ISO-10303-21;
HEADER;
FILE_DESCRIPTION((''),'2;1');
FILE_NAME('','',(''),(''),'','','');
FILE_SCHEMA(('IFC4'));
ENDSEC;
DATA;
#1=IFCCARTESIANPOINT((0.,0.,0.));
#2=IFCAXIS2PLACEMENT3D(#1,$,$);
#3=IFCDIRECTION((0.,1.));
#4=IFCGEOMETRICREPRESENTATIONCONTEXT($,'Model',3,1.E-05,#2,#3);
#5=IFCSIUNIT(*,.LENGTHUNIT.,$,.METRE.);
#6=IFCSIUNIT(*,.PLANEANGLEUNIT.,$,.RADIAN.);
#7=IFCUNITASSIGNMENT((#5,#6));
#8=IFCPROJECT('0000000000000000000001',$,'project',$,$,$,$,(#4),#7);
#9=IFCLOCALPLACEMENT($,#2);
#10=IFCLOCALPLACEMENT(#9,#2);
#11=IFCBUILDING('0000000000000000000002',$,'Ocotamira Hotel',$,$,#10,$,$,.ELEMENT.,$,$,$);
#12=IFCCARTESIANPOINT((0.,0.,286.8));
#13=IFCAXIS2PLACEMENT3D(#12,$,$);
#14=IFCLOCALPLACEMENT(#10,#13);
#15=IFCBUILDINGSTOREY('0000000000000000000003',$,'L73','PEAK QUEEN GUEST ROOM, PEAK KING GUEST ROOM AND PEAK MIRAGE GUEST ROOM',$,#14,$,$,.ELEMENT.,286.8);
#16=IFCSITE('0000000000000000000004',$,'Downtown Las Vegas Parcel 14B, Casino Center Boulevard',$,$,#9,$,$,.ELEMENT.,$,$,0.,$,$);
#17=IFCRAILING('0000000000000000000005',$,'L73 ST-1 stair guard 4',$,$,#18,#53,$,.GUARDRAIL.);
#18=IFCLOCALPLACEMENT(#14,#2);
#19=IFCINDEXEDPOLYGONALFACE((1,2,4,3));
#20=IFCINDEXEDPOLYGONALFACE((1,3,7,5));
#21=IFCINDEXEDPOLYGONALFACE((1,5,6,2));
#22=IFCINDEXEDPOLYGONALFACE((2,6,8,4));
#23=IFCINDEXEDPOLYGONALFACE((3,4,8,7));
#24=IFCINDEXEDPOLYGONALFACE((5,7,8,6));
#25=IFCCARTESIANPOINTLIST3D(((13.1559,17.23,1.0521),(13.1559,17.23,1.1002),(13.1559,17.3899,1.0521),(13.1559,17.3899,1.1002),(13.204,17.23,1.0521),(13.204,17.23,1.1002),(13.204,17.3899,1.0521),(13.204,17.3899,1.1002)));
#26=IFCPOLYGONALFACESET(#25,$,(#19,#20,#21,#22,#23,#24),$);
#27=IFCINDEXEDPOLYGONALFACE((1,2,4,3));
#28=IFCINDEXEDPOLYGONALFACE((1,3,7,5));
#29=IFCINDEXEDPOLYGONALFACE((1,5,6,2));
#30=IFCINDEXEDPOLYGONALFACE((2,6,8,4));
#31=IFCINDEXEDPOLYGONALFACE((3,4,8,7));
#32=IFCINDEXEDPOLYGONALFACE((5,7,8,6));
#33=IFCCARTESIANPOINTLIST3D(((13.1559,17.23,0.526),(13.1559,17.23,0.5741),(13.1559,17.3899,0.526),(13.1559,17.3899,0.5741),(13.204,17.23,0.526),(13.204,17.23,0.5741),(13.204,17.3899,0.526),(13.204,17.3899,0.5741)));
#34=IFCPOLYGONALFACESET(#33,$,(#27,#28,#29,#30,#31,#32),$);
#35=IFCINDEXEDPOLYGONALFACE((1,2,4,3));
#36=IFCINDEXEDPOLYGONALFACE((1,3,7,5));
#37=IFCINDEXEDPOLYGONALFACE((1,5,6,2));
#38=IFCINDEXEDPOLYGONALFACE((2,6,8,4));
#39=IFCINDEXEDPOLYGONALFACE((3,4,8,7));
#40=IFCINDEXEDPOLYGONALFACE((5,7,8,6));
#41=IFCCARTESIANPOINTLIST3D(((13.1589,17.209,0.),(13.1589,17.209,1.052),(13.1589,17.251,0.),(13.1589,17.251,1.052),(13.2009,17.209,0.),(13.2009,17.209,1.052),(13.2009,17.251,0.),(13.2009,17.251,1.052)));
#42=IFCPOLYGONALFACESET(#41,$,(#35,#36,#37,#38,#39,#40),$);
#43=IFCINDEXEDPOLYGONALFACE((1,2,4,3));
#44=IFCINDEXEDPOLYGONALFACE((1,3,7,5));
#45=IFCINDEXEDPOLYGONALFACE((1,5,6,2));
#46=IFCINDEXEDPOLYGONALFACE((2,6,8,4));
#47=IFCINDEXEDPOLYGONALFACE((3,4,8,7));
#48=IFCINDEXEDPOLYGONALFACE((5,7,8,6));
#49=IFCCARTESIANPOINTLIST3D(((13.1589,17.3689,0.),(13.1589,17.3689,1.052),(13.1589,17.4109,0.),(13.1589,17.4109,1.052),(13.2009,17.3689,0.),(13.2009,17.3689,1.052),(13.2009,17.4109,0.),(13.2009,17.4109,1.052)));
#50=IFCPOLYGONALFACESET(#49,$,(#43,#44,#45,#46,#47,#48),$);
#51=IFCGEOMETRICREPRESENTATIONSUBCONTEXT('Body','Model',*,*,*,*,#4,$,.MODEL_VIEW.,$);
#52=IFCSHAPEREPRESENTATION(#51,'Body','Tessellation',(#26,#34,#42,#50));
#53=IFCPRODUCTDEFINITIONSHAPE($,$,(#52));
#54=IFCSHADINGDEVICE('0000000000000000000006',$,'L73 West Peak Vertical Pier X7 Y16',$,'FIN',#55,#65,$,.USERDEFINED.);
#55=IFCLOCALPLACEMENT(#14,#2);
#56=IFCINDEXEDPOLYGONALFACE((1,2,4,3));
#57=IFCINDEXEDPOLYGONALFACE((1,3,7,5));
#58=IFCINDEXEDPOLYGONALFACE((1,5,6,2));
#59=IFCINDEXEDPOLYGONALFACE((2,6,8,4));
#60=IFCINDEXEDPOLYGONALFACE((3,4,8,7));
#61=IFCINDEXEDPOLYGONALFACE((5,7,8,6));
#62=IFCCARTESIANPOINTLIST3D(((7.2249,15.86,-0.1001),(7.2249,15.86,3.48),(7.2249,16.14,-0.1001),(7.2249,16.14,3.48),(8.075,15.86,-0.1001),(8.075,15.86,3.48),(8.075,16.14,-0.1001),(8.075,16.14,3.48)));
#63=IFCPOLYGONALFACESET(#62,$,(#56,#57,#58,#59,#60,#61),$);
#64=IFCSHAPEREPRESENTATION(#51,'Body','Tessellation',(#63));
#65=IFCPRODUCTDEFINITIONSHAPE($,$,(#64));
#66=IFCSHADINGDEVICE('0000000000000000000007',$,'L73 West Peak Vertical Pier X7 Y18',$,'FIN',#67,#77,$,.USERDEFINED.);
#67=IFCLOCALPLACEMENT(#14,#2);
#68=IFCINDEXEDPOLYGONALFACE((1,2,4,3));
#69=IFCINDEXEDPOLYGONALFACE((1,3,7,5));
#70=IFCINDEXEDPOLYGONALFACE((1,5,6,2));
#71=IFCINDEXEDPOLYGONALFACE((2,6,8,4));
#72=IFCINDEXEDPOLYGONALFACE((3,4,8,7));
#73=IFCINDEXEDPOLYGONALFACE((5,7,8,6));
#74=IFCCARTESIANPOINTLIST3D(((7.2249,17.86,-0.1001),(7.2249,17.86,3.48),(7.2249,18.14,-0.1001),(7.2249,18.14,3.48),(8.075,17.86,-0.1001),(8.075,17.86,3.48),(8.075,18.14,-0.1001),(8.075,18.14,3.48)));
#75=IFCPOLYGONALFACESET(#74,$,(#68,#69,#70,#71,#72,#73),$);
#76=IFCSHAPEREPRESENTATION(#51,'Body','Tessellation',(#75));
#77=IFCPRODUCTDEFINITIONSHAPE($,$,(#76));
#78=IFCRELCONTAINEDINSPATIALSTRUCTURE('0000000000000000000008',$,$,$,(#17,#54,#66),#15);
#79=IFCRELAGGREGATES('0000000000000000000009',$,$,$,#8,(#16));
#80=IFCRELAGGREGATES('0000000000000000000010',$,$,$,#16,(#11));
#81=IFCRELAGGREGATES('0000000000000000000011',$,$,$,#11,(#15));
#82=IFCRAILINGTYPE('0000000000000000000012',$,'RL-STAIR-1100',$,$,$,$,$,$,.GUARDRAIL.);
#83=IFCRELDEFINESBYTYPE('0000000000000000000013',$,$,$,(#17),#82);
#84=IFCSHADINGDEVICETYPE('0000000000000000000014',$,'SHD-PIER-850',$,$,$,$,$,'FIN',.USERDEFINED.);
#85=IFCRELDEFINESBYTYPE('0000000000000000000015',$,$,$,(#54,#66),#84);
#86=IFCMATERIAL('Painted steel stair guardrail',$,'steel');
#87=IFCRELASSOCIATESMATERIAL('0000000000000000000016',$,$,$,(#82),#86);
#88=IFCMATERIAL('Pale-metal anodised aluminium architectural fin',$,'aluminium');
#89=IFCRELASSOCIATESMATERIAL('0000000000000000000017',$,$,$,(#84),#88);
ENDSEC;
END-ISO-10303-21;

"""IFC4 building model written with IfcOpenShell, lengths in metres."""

from ifc_helpers import new_model, si_unit, direction, frame, origin, origin_2d, place, context, subcontext, project, spatial, rectangle, extrude, source, transform, mapped, material, type_object, element, save


model = new_model("IFC4")

# Units and contexts
model_context = context("Model", 3, precision=1e-05, world=origin(), true_north=direction((0.0, 1.0)))
body_context = subcontext(model_context, "Body", "Model", "MODEL_VIEW")
ifc_project = project(units=[si_unit("LENGTHUNIT", "METRE"), si_unit("PLANEANGLEUNIT", "RADIAN")], contexts=[model_context])

# Site, building, storey
site_placement = place(None, origin())
site = spatial("IfcSite", under=ifc_project, at=site_placement, Name="Downtown Las Vegas Parcel 14B, Casino Center Boulevard", CompositionType="ELEMENT", RefElevation=0.0)
building_placement = place(site_placement, origin())
building = spatial("IfcBuilding", under=site, at=building_placement, Name="Ocotamira Hotel", CompositionType="ELEMENT")
storey_placement = place(building_placement, frame((0.0, 0.0, 286.8)))
storey = spatial("IfcBuildingStorey", under=building, at=storey_placement, Name="L73", Description="PEAK QUEEN GUEST ROOM, PEAK KING GUEST ROOM AND PEAK MIRAGE GUEST ROOM", CompositionType="ELEMENT", Elevation=286.8)

# Railing
ifc_material_1 = material(Name="Painted steel stair guardrail", Category="steel")
railing_type_1 = type_object("IfcRailingType", Name="RL-STAIR-1100", PredefinedType="GUARDRAIL", material=ifc_material_1)
railing_1_placement = place(storey_placement, frame((13.1799, 17.23, 0.0)))
element("IfcRailing", 1, at=railing_1_placement, inside=storey, type_object=railing_type_1, Name="L73 ST-1 stair guard 4", PredefinedType="GUARDRAIL", context=body_context, shape_type="SweptSolid", body=[
    extrude(rectangle(XDim=0.0481, YDim=0.0481, at=origin_2d()), frame((0.0, 0.0, 1.0762), z_axis=(0.0, 1.0, 0.0), x_axis=(-1.0, 0.0, 0.0)), (0.0, 0.0, 1.0), 0.1599),
    extrude(rectangle(XDim=0.0481, YDim=0.0481, at=origin_2d()), frame((0.0, 0.0, 0.55), z_axis=(0.0, 1.0, 0.0), x_axis=(-1.0, 0.0, 0.0)), (0.0, 0.0, 1.0), 0.1599),
    extrude(rectangle(XDim=0.042, YDim=0.042, at=origin_2d()), origin(), (0.0, 0.0, 1.0), 1.052),
    extrude(rectangle(XDim=0.042, YDim=0.042, at=origin_2d()), frame((0.0, 0.1599, 0.0)), (0.0, 0.0, 1.0), 1.052),
])

# Shading devices
ifc_material_2 = material(Name="Pale-metal anodised aluminium architectural fin", Category="aluminium")
shading_device_type = type_object("IfcShadingDeviceType", Name="SHD-PIER-850", ElementType="FIN", PredefinedType="USERDEFINED", material=ifc_material_2)
shared_shape_1 = source(origin(), body_context, "Body", "SweptSolid", [
    extrude(rectangle(XDim=0.8501, YDim=0.28, at=origin_2d()), origin(), (0.0, 0.0, 1.0), 3.5801),
])
for number, where, z_axis, x_axis, name in (
    (2, (7.6499, 16.0, -0.1001), (0.0, 0.0, 1.0), (1.0, 0.0, 0.0), "L73 West Peak Vertical Pier X7 Y16"),
    (3, (7.6499, 18.0, -0.1001), (0.0, 0.0, 1.0), (1.0, 0.0, 0.0), "L73 West Peak Vertical Pier X7 Y18"),
):
    element("IfcShadingDevice", number, at=place(storey_placement, frame(where, z_axis=z_axis, x_axis=x_axis)), inside=storey, type_object=shading_device_type, Name=name, ObjectType="FIN", PredefinedType="USERDEFINED", context=body_context, shape_type="MappedRepresentation", body=[
        mapped(shared_shape_1, transform((0.0, 0.0, 0.0), scale=1.0)),
    ])

save(model, "model.ifc")
